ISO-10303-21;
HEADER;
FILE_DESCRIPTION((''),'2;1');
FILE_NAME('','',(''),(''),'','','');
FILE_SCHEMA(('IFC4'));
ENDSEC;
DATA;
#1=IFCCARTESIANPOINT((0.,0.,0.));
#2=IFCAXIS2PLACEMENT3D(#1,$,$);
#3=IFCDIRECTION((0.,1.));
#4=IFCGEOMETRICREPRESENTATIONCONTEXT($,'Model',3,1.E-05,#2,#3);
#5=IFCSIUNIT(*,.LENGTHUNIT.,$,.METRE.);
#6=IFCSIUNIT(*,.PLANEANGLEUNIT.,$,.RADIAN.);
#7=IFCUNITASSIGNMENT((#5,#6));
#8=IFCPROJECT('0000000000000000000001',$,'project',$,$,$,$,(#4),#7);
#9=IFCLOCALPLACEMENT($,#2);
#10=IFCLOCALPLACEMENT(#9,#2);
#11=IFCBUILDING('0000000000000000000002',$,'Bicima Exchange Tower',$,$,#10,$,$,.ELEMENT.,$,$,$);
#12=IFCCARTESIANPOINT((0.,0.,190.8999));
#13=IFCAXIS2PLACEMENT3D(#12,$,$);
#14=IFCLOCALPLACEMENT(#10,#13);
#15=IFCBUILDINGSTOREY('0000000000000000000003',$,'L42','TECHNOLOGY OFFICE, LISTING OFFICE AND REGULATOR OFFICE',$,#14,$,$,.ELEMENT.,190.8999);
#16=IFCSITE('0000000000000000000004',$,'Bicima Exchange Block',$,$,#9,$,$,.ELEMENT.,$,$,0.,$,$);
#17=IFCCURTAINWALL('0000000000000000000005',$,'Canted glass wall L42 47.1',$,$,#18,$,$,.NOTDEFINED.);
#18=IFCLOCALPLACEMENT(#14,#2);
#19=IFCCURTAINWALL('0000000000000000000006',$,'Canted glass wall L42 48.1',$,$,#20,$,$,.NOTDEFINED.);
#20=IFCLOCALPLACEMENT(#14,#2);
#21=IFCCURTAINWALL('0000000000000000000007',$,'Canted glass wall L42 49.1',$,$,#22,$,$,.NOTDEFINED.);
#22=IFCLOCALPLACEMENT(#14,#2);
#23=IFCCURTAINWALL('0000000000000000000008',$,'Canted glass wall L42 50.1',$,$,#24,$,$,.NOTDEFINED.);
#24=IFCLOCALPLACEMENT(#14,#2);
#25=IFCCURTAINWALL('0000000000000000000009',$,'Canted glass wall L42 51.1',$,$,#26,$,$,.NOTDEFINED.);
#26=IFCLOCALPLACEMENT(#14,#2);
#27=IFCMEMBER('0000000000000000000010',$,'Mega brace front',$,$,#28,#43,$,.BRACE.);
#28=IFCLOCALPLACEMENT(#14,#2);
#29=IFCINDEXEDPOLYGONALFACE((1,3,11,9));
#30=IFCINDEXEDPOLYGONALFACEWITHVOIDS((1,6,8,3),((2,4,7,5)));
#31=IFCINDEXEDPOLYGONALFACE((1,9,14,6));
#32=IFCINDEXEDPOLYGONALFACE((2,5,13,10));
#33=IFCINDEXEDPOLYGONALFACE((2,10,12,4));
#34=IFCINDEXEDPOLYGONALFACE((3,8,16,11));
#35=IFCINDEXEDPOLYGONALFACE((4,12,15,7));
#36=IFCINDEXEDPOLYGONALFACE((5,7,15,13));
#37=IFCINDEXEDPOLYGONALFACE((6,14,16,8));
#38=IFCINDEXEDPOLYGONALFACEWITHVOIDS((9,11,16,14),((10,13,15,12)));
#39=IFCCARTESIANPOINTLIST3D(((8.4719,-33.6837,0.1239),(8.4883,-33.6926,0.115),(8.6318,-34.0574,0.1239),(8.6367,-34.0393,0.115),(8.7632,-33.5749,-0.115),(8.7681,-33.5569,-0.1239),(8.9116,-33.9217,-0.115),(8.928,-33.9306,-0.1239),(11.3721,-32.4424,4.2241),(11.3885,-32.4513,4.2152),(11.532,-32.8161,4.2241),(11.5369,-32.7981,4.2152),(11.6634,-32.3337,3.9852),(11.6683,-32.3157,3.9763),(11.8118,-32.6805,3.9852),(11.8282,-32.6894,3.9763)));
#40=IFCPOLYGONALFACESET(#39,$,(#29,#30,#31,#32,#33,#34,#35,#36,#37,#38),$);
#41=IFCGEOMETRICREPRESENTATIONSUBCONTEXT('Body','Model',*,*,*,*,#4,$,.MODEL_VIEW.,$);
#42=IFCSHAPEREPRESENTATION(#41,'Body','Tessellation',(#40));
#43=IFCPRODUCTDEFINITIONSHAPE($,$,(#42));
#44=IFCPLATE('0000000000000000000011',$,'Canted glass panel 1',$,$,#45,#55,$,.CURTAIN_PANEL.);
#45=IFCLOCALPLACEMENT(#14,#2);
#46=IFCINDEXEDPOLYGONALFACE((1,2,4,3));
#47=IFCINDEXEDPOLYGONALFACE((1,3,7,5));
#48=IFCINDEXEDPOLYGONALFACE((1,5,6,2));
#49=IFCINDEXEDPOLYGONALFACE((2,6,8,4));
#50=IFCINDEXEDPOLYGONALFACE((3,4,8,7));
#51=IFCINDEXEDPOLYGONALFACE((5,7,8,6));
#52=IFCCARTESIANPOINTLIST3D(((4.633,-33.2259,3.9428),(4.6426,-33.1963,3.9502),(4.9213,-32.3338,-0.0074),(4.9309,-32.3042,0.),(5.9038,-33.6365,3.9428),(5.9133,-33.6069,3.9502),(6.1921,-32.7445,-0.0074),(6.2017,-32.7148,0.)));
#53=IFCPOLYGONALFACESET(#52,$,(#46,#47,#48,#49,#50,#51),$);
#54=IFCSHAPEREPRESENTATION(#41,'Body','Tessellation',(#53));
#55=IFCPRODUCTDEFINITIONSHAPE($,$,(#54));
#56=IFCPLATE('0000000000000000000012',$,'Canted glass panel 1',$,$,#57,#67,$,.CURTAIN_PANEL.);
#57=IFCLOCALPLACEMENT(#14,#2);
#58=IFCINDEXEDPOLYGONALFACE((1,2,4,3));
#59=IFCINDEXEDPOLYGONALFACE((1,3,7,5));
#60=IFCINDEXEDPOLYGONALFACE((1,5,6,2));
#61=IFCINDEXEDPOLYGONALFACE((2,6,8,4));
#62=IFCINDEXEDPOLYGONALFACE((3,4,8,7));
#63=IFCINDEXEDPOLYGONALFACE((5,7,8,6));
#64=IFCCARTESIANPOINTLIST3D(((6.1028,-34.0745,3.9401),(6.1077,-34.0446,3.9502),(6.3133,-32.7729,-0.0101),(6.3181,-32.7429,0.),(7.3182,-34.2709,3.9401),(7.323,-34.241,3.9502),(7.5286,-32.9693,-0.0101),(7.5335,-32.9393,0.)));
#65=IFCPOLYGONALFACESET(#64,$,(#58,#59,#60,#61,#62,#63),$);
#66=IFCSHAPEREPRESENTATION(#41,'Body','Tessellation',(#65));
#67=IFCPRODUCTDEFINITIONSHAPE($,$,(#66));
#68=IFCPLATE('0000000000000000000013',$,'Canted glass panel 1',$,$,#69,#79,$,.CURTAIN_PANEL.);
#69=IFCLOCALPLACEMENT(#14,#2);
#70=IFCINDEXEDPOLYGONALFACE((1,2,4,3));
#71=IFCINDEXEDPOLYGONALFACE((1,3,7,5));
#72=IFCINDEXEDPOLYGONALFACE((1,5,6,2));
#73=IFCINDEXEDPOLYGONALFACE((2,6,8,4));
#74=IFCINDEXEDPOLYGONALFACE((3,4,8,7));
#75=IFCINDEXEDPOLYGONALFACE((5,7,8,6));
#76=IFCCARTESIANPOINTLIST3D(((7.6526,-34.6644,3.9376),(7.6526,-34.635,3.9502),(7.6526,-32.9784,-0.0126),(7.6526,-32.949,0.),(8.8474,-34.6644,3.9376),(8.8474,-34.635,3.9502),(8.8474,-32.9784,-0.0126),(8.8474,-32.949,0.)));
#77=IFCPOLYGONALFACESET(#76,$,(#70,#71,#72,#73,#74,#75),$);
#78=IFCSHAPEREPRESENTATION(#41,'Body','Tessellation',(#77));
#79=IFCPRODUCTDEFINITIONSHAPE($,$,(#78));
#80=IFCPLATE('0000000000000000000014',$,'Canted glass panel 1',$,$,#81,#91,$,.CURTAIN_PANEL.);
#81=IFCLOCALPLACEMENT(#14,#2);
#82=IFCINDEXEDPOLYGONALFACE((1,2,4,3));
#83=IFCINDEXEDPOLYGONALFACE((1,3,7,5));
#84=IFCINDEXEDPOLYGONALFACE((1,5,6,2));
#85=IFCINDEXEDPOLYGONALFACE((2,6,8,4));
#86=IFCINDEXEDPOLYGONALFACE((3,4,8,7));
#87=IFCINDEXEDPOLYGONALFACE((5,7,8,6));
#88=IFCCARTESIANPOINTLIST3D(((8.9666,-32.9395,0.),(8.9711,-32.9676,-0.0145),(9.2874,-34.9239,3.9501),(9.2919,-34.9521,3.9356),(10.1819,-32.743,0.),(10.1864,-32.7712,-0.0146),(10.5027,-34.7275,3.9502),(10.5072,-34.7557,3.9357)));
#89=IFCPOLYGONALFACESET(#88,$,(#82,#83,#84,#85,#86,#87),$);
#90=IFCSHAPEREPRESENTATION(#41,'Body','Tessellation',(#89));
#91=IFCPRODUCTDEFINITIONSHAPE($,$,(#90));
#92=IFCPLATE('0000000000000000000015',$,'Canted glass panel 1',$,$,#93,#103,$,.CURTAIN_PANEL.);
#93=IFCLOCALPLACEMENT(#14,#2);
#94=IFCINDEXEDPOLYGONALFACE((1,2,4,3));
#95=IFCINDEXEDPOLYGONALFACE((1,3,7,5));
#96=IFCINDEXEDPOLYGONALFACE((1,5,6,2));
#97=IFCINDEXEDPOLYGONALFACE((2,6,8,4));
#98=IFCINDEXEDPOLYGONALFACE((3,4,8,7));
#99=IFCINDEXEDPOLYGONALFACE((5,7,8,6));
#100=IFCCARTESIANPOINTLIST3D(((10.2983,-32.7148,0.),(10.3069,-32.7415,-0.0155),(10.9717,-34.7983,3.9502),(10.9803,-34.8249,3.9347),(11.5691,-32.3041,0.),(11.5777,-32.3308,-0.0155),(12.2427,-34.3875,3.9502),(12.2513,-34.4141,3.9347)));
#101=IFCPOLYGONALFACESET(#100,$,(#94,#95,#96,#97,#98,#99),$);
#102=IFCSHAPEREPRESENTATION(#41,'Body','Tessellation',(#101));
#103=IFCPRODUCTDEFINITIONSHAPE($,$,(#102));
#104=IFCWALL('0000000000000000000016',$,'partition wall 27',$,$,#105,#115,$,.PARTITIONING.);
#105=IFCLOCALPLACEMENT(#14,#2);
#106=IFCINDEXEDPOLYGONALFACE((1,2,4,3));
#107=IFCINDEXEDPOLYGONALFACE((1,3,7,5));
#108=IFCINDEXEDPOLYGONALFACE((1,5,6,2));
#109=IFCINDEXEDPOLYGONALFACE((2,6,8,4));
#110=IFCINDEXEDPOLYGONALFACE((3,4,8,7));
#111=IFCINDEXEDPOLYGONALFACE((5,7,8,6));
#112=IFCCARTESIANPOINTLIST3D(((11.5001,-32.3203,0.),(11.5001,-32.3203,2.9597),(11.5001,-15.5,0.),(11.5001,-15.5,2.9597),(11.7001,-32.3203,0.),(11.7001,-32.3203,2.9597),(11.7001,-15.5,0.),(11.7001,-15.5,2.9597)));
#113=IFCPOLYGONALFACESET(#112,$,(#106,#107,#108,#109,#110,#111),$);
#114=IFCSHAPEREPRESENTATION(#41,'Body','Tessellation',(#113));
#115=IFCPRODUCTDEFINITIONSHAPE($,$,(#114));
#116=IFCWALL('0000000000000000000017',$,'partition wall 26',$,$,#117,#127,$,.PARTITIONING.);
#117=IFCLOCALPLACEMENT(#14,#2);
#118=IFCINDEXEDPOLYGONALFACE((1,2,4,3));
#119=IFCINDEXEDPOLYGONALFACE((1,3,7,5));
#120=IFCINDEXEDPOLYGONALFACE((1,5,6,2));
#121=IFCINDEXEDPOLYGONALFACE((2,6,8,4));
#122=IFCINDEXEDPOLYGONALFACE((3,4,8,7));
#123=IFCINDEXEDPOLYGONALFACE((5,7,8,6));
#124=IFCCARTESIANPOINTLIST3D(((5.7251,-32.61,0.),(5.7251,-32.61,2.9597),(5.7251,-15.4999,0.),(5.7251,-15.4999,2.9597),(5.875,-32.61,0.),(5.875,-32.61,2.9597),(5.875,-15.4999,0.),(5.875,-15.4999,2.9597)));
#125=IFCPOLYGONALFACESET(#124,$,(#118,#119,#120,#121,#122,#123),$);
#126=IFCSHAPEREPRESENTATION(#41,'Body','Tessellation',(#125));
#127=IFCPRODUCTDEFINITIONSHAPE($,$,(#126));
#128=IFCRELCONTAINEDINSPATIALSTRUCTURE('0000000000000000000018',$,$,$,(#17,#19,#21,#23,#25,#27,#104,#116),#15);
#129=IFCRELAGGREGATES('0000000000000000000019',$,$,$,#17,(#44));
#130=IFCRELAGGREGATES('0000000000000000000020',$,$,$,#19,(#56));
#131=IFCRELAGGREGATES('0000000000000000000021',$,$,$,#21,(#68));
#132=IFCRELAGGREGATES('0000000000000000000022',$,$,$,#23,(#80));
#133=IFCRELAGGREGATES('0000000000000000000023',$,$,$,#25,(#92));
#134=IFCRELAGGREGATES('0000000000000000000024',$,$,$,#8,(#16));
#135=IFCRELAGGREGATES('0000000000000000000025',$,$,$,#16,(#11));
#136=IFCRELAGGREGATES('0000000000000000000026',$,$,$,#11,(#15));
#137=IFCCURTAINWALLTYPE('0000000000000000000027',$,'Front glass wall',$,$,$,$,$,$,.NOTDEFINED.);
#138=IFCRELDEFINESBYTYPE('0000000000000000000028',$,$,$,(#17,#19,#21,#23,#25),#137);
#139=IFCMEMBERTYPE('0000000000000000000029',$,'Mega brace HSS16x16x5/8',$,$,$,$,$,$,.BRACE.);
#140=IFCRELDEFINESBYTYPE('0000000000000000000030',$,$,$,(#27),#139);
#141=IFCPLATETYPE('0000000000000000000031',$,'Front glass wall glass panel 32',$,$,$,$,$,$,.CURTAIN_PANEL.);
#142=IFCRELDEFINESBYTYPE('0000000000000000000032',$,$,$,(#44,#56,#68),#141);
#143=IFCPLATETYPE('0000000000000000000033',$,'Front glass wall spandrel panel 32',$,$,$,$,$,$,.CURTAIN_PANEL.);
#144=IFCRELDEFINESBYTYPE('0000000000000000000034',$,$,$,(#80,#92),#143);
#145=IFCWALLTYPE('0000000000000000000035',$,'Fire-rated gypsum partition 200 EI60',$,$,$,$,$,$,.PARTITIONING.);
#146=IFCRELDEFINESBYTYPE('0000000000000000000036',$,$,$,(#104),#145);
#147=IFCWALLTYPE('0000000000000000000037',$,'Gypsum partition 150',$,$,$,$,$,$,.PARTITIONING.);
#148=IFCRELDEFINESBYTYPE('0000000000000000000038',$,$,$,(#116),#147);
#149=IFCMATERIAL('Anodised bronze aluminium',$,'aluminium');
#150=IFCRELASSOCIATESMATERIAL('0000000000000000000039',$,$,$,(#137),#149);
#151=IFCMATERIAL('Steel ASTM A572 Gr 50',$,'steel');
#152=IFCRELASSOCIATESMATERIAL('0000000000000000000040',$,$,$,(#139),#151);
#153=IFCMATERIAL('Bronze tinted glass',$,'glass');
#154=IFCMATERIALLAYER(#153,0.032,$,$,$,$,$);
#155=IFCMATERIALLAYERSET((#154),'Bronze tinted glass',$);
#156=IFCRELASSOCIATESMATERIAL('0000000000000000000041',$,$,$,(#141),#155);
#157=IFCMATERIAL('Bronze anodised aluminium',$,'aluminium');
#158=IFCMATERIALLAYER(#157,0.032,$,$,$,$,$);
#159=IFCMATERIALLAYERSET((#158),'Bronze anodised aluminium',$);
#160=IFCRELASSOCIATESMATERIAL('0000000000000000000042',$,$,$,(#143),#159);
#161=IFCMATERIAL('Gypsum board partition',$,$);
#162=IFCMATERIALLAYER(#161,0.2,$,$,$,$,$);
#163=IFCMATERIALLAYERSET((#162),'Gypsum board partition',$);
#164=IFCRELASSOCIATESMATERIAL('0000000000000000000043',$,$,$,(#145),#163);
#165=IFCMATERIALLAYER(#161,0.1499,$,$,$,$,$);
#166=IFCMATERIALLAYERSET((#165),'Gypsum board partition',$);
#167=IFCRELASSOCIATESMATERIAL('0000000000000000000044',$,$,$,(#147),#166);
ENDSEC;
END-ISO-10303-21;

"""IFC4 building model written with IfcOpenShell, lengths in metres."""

from ifc_helpers import new_model, si_unit, direction, frame, frame_2d, origin, origin_2d, place, context, subcontext, project, spatial, polyline, rectangle, hollow_rectangle, outline, extrude, material, layer, layer_set, material_profile, profile_set, type_object, element, aggregate, save


model = new_model("IFC4")

# Units and contexts
model_context = context("Model", 3, precision=1e-05, world=origin(), true_north=direction((0.0, 1.0)))
body_context = subcontext(model_context, "Body", "Model", "MODEL_VIEW")
ifc_project = project(units=[si_unit("LENGTHUNIT", "METRE"), si_unit("PLANEANGLEUNIT", "RADIAN")], contexts=[model_context])

# Site, building, storey
site_placement = place(None, origin())
site = spatial("IfcSite", under=ifc_project, at=site_placement, Name="Bicima Exchange Block", CompositionType="ELEMENT", RefElevation=0.0)
building_placement = place(site_placement, origin())
building = spatial("IfcBuilding", under=site, at=building_placement, Name="Bicima Exchange Tower", CompositionType="ELEMENT")
storey_placement = place(building_placement, frame((0.0, 0.0, 190.8999)))
storey = spatial("IfcBuildingStorey", under=building, at=storey_placement, Name="L42", Description="TECHNOLOGY OFFICE, LISTING OFFICE AND REGULATOR OFFICE", CompositionType="ELEMENT", Elevation=190.8999)

# Shared definitions
ifc_material_1 = material(Name="Anodised bronze aluminium", Category="aluminium")
curtain_wall_type = type_object("IfcCurtainWallType", Name="Front glass wall", PredefinedType="NOTDEFINED", material=ifc_material_1)

# Curtain walls
curtain_wall_1_placement = place(storey_placement, origin())
curtain_wall_1 = element("IfcCurtainWall", 1, at=curtain_wall_1_placement, inside=storey, type_object=curtain_wall_type, Name="Canted glass wall L42 47.1", PredefinedType="NOTDEFINED")
curtain_wall_2_placement = place(storey_placement, origin())
curtain_wall_2 = element("IfcCurtainWall", 2, at=curtain_wall_2_placement, inside=storey, type_object=curtain_wall_type, Name="Canted glass wall L42 48.1", PredefinedType="NOTDEFINED")
curtain_wall_3_placement = place(storey_placement, origin())
curtain_wall_3 = element("IfcCurtainWall", 3, at=curtain_wall_3_placement, inside=storey, type_object=curtain_wall_type, Name="Canted glass wall L42 49.1", PredefinedType="NOTDEFINED")
curtain_wall_4_placement = place(storey_placement, origin())
curtain_wall_4 = element("IfcCurtainWall", 4, at=curtain_wall_4_placement, inside=storey, type_object=curtain_wall_type, Name="Canted glass wall L42 50.1", PredefinedType="NOTDEFINED")
curtain_wall_5_placement = place(storey_placement, origin())
curtain_wall_5 = element("IfcCurtainWall", 5, at=curtain_wall_5_placement, inside=storey, type_object=curtain_wall_type, Name="Canted glass wall L42 51.1", PredefinedType="NOTDEFINED")

# Member
ifc_material_2 = material(Name="Steel ASTM A572 Gr 50", Category="steel")
ifc_material_profile_1 = material_profile(ifc_material_2, hollow_rectangle(XDim=0.4065, YDim=0.4065, WallThickness=0.0146, at=origin_2d()))
ifc_profile_set_1 = profile_set([ifc_material_profile_1], Name="Steel ASTM A572 Gr 50")
member_type_1 = type_object("IfcMemberType", Name="Mega brace HSS16x16x5/8", PredefinedType="BRACE", material=ifc_profile_set_1)
member_1_placement = place(storey_placement, frame((8.7, -33.8071, 0.0), z_axis=(0.560607, 0.23993, 0.792561), x_axis=(-0.393462, 0.919341, 0.0)))
element("IfcMember", 6, at=member_1_placement, inside=storey, type_object=member_type_1, Name="Mega brace front", PredefinedType="BRACE", context=body_context, shape_type="SweptSolid", body=[
    extrude(hollow_rectangle(XDim=0.4065, YDim=0.4065, WallThickness=0.0146, at=origin_2d()), origin(), (0.0, 0.0, 1.0), 5.1733),
])

# Plates
ifc_material_3 = material(Name="Bronze tinted glass", Category="glass")
ifc_layer_1 = layer(ifc_material_3, 0.032)
ifc_layer_set_1 = layer_set([ifc_layer_1], Name="Bronze tinted glass")
plate_type_1 = type_object("IfcPlateType", Name="Front glass wall glass panel 32", PredefinedType="CURTAIN_PANEL", material=ifc_layer_set_1)
plate_1_placement = place(storey_placement, frame((4.9309, -32.3042, 0.0), z_axis=(0.299183, 0.925832, 0.230922), x_axis=(0.95155, -0.307494, 0.0)))
plate_1 = element("IfcPlate", 7, at=plate_1_placement, type_object=plate_type_1, Name="Canted glass panel 1", PredefinedType="CURTAIN_PANEL", context=body_context, shape_type="SweptSolid", body=[
    extrude(outline(polyline([(0.0, 0.0), (1.3355, 0.0), (1.3354, -4.0599), (0.0, -4.0599), (0.0, 0.0)])), origin(), (0.0, 0.0, -1.0), 0.032),
])
aggregate(curtain_wall_1, [plate_1])
plate_2_placement = place(storey_placement, frame((6.3181, -32.7429, 0.0), z_axis=(0.151333, 0.936403, 0.316618), x_axis=(0.98719, -0.159551, 0.000029)))
plate_2 = element("IfcPlate", 8, at=plate_2_placement, type_object=plate_type_1, Name="Canted glass panel 1", PredefinedType="CURTAIN_PANEL", context=body_context, shape_type="SweptSolid", body=[
    extrude(outline(polyline([(0.0, 0.0), (1.2311, 0.0), (1.2311, -4.1644), (0.0001, -4.1645), (0.0, 0.0)])), origin(), (0.0, 0.0, -1.0), 0.032),
])
aggregate(curtain_wall_2, [plate_2])
plate_3_placement = place(storey_placement, frame((7.6526, -32.949, 0.0), z_axis=(0.0, 0.919726, 0.392561), x_axis=(1.0, 0.0, 0.0)))
plate_3 = element("IfcPlate", 9, at=plate_3_placement, type_object=plate_type_1, Name="Canted glass panel 1", PredefinedType="CURTAIN_PANEL", context=body_context, shape_type="SweptSolid", body=[
    extrude(outline(polyline([(0.0, 0.0), (1.1948, 0.0), (1.1948, -4.295), (0.0, -4.295), (0.0, 0.0)])), origin(), (0.0, 0.0, -1.0), 0.032),
])
aggregate(curtain_wall_3, [plate_3])
ifc_material_4 = material(Name="Bronze anodised aluminium", Category="aluminium")
ifc_layer_2 = layer(ifc_material_4, 0.032)
ifc_layer_set_2 = layer_set([ifc_layer_2], Name="Bronze anodised aluminium")
plate_type_2 = type_object("IfcPlateType", Name="Front glass wall spandrel panel 32", PredefinedType="CURTAIN_PANEL", material=ifc_layer_set_2)
plate_4_placement = place(storey_placement, frame((8.9666, -32.9395, 0.0), z_axis=(-0.142188, 0.879816, 0.453549), x_axis=(0.987188, 0.159561, -0.00004)))
plate_4 = element("IfcPlate", 10, at=plate_4_placement, type_object=plate_type_2, Name="Canted glass panel 1", PredefinedType="CURTAIN_PANEL", context=body_context, shape_type="SweptSolid", body=[
    extrude(outline(polyline([(0.0, 0.0), (1.2311, 0.0), (1.231, -4.4323), (-0.0001, -4.4322), (0.0, 0.0)])), origin(), (0.0, 0.0, -1.0), 0.032),
])
aggregate(curtain_wall_4, [plate_4])
plate_5_placement = place(storey_placement, frame((10.2983, -32.7148, 0.0), z_axis=(-0.268993, 0.832238, 0.484791), x_axis=(0.951536, 0.307537, 0.000025)))
plate_5 = element("IfcPlate", 11, at=plate_5_placement, type_object=plate_type_2, Name="Canted glass panel 1", PredefinedType="CURTAIN_PANEL", context=body_context, shape_type="SweptSolid", body=[
    extrude(outline(polyline([(0.0, 0.0), (1.3355, 0.0), (1.3358, -4.5164), (0.0001, -4.5165), (0.0, 0.0)])), origin(), (0.0, 0.0, -1.0), 0.032),
])
aggregate(curtain_wall_5, [plate_5])

# Walls
ifc_material_5 = material(Name="Gypsum board partition")
ifc_layer_3 = layer(ifc_material_5, 0.2)
ifc_layer_set_3 = layer_set([ifc_layer_3], Name="Gypsum board partition")
wall_type_1 = type_object("IfcWallType", Name="Fire-rated gypsum partition 200 EI60", PredefinedType="PARTITIONING", material=ifc_layer_set_3)
wall_1_placement = place(storey_placement, frame((11.6001, -32.3203, 0.0), z_axis=(0.0, 0.0, 1.0), x_axis=(0.0, 1.0, 0.0)))
element("IfcWall", 12, at=wall_1_placement, inside=storey, type_object=wall_type_1, Name="partition wall 27", PredefinedType="PARTITIONING", context=body_context, shape_type="SweptSolid", body=[
    extrude(rectangle(XDim=16.8203, YDim=0.2, at=frame_2d((8.4102, 0.0))), origin(), (0.0, 0.0, 1.0), 2.9597),
])
ifc_layer_4 = layer(ifc_material_5, 0.1499)
ifc_layer_set_4 = layer_set([ifc_layer_4], Name="Gypsum board partition")
wall_type_2 = type_object("IfcWallType", Name="Gypsum partition 150", PredefinedType="PARTITIONING", material=ifc_layer_set_4)
wall_2_placement = place(storey_placement, frame((5.8, -32.6101, 0.0), z_axis=(0.0, 0.0, 1.0), x_axis=(0.0, 1.0, 0.0)))
element("IfcWall", 13, at=wall_2_placement, inside=storey, type_object=wall_type_2, Name="partition wall 26", PredefinedType="PARTITIONING", context=body_context, shape_type="SweptSolid", body=[
    extrude(rectangle(XDim=17.1101, YDim=0.1499, at=frame_2d((8.5552, 0.0))), origin(), (0.0, 0.0, 1.0), 2.9597),
])

save(model, "model.ifc")
